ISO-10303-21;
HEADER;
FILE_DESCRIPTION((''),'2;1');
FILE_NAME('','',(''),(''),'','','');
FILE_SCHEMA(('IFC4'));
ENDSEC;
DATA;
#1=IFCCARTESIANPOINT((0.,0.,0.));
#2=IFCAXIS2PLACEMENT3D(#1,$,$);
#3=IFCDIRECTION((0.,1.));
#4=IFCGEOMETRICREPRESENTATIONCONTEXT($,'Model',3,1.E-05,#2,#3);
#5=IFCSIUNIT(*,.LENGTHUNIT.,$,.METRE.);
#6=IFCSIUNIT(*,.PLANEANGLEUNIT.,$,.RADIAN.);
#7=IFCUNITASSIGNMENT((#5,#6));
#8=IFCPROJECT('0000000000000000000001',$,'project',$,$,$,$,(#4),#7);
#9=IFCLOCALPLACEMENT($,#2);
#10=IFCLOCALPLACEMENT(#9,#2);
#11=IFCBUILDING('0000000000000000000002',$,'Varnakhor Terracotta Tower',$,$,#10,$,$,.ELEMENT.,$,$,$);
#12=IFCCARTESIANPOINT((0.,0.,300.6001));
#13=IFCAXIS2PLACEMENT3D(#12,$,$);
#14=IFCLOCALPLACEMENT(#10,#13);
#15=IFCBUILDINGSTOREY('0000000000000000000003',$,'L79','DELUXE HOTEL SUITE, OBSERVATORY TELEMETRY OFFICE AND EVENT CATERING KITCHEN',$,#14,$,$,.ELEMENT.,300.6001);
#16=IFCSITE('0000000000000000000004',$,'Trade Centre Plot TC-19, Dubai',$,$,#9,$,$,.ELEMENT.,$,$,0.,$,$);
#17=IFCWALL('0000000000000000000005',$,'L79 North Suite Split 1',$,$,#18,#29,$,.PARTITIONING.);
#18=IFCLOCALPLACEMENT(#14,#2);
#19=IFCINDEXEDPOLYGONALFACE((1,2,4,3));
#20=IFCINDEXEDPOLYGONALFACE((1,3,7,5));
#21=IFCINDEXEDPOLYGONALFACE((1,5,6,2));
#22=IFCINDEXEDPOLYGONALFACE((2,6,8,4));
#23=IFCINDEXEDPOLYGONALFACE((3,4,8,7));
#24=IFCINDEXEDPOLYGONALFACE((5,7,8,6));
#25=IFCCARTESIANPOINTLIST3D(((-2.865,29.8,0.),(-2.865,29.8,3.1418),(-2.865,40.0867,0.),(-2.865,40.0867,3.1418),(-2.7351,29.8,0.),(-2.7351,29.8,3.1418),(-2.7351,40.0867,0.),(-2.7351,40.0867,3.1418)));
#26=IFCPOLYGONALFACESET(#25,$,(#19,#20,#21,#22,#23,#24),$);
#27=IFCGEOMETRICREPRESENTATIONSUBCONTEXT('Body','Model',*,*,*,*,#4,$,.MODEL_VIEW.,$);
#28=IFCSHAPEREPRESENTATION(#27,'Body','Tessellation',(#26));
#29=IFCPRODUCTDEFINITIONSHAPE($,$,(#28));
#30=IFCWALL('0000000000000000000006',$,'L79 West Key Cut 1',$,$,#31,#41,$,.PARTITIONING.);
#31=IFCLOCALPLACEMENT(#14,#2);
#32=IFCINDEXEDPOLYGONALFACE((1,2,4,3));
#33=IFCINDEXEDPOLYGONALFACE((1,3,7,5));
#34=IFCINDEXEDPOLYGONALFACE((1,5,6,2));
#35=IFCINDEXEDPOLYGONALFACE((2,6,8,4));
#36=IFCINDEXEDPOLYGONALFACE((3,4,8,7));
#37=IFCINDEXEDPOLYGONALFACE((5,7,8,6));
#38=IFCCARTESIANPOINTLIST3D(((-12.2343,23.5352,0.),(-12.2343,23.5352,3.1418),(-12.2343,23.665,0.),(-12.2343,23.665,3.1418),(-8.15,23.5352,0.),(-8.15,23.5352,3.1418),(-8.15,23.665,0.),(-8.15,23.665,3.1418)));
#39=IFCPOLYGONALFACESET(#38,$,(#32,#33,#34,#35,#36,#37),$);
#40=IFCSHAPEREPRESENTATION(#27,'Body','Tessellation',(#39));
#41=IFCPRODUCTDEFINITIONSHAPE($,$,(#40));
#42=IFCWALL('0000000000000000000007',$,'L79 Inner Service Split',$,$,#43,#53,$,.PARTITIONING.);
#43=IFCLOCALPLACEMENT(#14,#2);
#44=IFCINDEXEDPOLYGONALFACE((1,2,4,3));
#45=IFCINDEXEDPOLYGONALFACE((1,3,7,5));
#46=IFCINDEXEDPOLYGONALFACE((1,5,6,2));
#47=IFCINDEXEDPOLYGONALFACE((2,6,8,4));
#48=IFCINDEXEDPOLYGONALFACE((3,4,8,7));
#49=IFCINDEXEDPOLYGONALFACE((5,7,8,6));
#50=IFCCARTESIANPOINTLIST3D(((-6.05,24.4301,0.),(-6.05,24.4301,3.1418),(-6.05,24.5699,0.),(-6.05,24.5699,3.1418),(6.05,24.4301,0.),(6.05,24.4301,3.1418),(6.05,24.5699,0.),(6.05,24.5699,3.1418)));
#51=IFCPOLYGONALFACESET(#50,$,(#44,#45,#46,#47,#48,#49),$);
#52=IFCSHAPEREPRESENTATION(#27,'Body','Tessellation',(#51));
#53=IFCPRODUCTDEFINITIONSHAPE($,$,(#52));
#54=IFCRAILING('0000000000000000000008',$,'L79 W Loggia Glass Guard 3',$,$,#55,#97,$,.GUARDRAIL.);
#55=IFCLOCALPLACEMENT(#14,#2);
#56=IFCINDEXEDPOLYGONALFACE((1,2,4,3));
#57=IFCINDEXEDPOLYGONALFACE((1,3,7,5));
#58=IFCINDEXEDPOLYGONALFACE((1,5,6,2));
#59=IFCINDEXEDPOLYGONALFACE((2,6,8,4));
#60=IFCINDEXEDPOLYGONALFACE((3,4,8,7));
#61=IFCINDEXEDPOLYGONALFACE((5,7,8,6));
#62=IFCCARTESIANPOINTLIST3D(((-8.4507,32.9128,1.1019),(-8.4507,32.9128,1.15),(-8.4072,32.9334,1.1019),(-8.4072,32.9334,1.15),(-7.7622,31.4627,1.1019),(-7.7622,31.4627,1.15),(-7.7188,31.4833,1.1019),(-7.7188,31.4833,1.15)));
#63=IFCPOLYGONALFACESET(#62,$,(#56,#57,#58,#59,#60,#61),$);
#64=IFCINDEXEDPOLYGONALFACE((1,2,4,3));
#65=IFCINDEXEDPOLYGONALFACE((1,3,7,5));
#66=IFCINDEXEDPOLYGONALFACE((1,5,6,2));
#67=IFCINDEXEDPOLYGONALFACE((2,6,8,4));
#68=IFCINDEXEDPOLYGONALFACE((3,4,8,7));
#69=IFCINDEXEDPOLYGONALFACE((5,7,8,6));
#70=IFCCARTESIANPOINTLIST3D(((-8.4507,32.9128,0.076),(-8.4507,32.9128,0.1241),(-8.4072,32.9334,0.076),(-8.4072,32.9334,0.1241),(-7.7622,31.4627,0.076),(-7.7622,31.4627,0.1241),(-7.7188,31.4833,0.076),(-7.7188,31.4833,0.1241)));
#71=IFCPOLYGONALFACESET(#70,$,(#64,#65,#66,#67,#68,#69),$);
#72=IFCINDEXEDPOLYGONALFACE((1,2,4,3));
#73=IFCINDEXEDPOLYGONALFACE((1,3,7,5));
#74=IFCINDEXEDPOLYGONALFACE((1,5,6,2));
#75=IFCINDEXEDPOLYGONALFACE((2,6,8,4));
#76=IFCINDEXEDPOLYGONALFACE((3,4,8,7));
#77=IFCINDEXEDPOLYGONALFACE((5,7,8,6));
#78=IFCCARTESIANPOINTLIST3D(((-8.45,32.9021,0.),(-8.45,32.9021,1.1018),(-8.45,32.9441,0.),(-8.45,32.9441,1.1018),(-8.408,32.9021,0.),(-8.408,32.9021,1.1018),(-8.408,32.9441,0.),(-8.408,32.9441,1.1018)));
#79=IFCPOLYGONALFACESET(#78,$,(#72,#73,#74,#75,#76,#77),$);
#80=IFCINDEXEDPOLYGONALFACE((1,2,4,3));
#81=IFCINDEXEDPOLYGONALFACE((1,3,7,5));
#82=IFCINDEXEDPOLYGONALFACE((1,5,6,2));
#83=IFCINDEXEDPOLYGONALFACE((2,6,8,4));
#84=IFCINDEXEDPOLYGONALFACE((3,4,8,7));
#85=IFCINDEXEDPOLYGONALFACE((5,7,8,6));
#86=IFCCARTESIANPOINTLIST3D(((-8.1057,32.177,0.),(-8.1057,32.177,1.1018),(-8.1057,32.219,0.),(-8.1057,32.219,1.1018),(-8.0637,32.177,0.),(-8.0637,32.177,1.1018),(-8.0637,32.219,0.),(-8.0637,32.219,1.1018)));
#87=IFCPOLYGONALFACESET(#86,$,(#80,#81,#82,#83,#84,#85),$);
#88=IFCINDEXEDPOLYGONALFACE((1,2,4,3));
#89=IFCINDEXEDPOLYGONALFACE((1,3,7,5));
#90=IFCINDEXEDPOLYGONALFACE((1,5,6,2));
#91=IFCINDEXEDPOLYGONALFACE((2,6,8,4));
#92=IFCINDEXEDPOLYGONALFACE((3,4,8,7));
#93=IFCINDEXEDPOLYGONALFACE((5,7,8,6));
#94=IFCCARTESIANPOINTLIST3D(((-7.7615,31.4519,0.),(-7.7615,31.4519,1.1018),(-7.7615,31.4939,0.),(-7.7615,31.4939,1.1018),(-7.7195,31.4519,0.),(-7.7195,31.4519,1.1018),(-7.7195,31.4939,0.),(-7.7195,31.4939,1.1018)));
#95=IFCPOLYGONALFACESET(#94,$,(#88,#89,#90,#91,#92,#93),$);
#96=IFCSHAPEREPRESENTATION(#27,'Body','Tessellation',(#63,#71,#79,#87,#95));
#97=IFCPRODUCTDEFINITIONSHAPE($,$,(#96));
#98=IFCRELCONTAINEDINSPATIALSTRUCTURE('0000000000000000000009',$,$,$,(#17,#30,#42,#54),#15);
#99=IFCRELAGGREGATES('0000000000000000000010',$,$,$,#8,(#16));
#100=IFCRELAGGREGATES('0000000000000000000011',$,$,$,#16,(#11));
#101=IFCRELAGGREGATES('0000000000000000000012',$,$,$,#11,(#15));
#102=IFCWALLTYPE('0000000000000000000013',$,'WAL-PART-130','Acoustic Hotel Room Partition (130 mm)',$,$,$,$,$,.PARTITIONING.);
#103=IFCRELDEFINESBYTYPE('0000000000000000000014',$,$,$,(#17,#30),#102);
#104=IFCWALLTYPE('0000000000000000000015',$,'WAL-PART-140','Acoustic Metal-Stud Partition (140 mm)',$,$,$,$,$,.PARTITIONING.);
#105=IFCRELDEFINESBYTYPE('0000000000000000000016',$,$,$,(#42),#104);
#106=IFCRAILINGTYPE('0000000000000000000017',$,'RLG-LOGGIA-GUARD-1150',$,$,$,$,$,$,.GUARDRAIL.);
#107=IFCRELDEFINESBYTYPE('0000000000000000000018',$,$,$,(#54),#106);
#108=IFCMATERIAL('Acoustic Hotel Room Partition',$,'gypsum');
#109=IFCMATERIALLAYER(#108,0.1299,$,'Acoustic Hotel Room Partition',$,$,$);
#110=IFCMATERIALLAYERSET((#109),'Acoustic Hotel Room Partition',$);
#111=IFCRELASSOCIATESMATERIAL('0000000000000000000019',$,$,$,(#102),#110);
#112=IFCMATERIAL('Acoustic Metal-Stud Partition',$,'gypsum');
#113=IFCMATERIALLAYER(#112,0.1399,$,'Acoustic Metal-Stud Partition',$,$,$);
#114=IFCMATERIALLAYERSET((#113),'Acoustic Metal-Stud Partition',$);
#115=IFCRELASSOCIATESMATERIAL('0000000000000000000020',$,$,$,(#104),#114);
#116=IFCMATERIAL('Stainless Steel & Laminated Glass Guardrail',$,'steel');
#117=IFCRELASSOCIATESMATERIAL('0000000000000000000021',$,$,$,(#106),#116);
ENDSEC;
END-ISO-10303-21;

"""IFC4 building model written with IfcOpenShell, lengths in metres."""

from ifc_helpers import new_model, si_unit, direction, frame, frame_2d, origin, origin_2d, place, context, subcontext, project, spatial, rectangle, extrude, material, layer, layer_set, type_object, element, save


model = new_model("IFC4")

# Units and contexts
model_context = context("Model", 3, precision=1e-05, world=origin(), true_north=direction((0.0, 1.0)))
body_context = subcontext(model_context, "Body", "Model", "MODEL_VIEW")
ifc_project = project(units=[si_unit("LENGTHUNIT", "METRE"), si_unit("PLANEANGLEUNIT", "RADIAN")], contexts=[model_context])

# Site, building, storey
site_placement = place(None, origin())
site = spatial("IfcSite", under=ifc_project, at=site_placement, Name="Trade Centre Plot TC-19, Dubai", CompositionType="ELEMENT", RefElevation=0.0)
building_placement = place(site_placement, origin())
building = spatial("IfcBuilding", under=site, at=building_placement, Name="Varnakhor Terracotta Tower", CompositionType="ELEMENT")
storey_placement = place(building_placement, frame((0.0, 0.0, 300.6001)))
storey = spatial("IfcBuildingStorey", under=building, at=storey_placement, Name="L79", Description="DELUXE HOTEL SUITE, OBSERVATORY TELEMETRY OFFICE AND EVENT CATERING KITCHEN", CompositionType="ELEMENT", Elevation=300.6001)

# Walls
ifc_material_1 = material(Name="Acoustic Hotel Room Partition", Category="gypsum")
ifc_layer_1 = layer(ifc_material_1, 0.1299, Name="Acoustic Hotel Room Partition")
ifc_layer_set_1 = layer_set([ifc_layer_1], Name="Acoustic Hotel Room Partition")
wall_type_1 = type_object("IfcWallType", Name="WAL-PART-130", Description="Acoustic Hotel Room Partition (130 mm)", PredefinedType="PARTITIONING", material=ifc_layer_set_1)
wall_1_placement = place(storey_placement, frame((-2.8, 29.8, 0.0), z_axis=(0.0, 0.0, 1.0), x_axis=(0.0, 1.0, 0.0)))
element("IfcWall", 1, at=wall_1_placement, inside=storey, type_object=wall_type_1, Name="L79 North Suite Split 1", PredefinedType="PARTITIONING", context=body_context, shape_type="SweptSolid", body=[
    extrude(rectangle(XDim=10.2866, YDim=0.1299, at=frame_2d((5.1433, 0.0))), origin(), (0.0, 0.0, 1.0), 3.1418),
])
wall_2_placement = place(storey_placement, frame((-12.2341, 23.6001, 0.0), z_axis=(0.0, 0.0, 1.0), x_axis=(1.0, 0.0, 0.0)))
element("IfcWall", 2, at=wall_2_placement, inside=storey, type_object=wall_type_1, Name="L79 West Key Cut 1", PredefinedType="PARTITIONING", context=body_context, shape_type="SweptSolid", body=[
    extrude(rectangle(XDim=4.0842, YDim=0.1299, at=frame_2d((2.042, 0.0))), origin(), (0.0, 0.0, 1.0), 3.1418),
])
ifc_material_2 = material(Name="Acoustic Metal-Stud Partition", Category="gypsum")
ifc_layer_2 = layer(ifc_material_2, 0.1399, Name="Acoustic Metal-Stud Partition")
ifc_layer_set_2 = layer_set([ifc_layer_2], Name="Acoustic Metal-Stud Partition")
wall_type_2 = type_object("IfcWallType", Name="WAL-PART-140", Description="Acoustic Metal-Stud Partition (140 mm)", PredefinedType="PARTITIONING", material=ifc_layer_set_2)
wall_3_placement = place(storey_placement, frame((-6.05, 24.5, 0.0), z_axis=(0.0, 0.0, 1.0), x_axis=(1.0, 0.0, 0.0)))
element("IfcWall", 3, at=wall_3_placement, inside=storey, type_object=wall_type_2, Name="L79 Inner Service Split", PredefinedType="PARTITIONING", context=body_context, shape_type="SweptSolid", body=[
    extrude(rectangle(XDim=12.1001, YDim=0.1399, at=frame_2d((6.05, 0.0))), origin(), (0.0, 0.0, 1.0), 3.1418),
])

# Railing
ifc_material_3 = material(Name="Stainless Steel & Laminated Glass Guardrail", Category="steel")
railing_type = type_object("IfcRailingType", Name="RLG-LOGGIA-GUARD-1150", PredefinedType="GUARDRAIL", material=ifc_material_3)
railing_placement = place(storey_placement, frame((-8.429, 32.9231, 0.0)))
element("IfcRailing", 4, at=railing_placement, inside=storey, type_object=railing_type, Name="L79 W Loggia Glass Guard 3", PredefinedType="GUARDRAIL", context=body_context, shape_type="SweptSolid", body=[
    extrude(rectangle(XDim=0.0481, YDim=0.0481, at=origin_2d()), frame((0.0, 0.0, 1.126), z_axis=(0.428871, -0.903366, 0.0), x_axis=(0.903366, 0.428871, 0.0)), (0.0, 0.0, 1.0), 1.6052),
    extrude(rectangle(XDim=0.0481, YDim=0.0481, at=origin_2d()), frame((0.0, 0.0, 0.1001), z_axis=(0.428871, -0.903366, 0.0), x_axis=(0.903366, 0.428871, 0.0)), (0.0, 0.0, 1.0), 1.6052),
    extrude(rectangle(XDim=0.042, YDim=0.042, at=origin_2d()), origin(), (0.0, 0.0, 1.0), 1.1018),
    extrude(rectangle(XDim=0.042, YDim=0.042, at=origin_2d()), frame((0.3442, -0.7251, 0.0)), (0.0, 0.0, 1.0), 1.1018),
    extrude(rectangle(XDim=0.042, YDim=0.042, at=origin_2d()), frame((0.6885, -1.4502, 0.0)), (0.0, 0.0, 1.0), 1.1018),
])

save(model, "model.ifc")
